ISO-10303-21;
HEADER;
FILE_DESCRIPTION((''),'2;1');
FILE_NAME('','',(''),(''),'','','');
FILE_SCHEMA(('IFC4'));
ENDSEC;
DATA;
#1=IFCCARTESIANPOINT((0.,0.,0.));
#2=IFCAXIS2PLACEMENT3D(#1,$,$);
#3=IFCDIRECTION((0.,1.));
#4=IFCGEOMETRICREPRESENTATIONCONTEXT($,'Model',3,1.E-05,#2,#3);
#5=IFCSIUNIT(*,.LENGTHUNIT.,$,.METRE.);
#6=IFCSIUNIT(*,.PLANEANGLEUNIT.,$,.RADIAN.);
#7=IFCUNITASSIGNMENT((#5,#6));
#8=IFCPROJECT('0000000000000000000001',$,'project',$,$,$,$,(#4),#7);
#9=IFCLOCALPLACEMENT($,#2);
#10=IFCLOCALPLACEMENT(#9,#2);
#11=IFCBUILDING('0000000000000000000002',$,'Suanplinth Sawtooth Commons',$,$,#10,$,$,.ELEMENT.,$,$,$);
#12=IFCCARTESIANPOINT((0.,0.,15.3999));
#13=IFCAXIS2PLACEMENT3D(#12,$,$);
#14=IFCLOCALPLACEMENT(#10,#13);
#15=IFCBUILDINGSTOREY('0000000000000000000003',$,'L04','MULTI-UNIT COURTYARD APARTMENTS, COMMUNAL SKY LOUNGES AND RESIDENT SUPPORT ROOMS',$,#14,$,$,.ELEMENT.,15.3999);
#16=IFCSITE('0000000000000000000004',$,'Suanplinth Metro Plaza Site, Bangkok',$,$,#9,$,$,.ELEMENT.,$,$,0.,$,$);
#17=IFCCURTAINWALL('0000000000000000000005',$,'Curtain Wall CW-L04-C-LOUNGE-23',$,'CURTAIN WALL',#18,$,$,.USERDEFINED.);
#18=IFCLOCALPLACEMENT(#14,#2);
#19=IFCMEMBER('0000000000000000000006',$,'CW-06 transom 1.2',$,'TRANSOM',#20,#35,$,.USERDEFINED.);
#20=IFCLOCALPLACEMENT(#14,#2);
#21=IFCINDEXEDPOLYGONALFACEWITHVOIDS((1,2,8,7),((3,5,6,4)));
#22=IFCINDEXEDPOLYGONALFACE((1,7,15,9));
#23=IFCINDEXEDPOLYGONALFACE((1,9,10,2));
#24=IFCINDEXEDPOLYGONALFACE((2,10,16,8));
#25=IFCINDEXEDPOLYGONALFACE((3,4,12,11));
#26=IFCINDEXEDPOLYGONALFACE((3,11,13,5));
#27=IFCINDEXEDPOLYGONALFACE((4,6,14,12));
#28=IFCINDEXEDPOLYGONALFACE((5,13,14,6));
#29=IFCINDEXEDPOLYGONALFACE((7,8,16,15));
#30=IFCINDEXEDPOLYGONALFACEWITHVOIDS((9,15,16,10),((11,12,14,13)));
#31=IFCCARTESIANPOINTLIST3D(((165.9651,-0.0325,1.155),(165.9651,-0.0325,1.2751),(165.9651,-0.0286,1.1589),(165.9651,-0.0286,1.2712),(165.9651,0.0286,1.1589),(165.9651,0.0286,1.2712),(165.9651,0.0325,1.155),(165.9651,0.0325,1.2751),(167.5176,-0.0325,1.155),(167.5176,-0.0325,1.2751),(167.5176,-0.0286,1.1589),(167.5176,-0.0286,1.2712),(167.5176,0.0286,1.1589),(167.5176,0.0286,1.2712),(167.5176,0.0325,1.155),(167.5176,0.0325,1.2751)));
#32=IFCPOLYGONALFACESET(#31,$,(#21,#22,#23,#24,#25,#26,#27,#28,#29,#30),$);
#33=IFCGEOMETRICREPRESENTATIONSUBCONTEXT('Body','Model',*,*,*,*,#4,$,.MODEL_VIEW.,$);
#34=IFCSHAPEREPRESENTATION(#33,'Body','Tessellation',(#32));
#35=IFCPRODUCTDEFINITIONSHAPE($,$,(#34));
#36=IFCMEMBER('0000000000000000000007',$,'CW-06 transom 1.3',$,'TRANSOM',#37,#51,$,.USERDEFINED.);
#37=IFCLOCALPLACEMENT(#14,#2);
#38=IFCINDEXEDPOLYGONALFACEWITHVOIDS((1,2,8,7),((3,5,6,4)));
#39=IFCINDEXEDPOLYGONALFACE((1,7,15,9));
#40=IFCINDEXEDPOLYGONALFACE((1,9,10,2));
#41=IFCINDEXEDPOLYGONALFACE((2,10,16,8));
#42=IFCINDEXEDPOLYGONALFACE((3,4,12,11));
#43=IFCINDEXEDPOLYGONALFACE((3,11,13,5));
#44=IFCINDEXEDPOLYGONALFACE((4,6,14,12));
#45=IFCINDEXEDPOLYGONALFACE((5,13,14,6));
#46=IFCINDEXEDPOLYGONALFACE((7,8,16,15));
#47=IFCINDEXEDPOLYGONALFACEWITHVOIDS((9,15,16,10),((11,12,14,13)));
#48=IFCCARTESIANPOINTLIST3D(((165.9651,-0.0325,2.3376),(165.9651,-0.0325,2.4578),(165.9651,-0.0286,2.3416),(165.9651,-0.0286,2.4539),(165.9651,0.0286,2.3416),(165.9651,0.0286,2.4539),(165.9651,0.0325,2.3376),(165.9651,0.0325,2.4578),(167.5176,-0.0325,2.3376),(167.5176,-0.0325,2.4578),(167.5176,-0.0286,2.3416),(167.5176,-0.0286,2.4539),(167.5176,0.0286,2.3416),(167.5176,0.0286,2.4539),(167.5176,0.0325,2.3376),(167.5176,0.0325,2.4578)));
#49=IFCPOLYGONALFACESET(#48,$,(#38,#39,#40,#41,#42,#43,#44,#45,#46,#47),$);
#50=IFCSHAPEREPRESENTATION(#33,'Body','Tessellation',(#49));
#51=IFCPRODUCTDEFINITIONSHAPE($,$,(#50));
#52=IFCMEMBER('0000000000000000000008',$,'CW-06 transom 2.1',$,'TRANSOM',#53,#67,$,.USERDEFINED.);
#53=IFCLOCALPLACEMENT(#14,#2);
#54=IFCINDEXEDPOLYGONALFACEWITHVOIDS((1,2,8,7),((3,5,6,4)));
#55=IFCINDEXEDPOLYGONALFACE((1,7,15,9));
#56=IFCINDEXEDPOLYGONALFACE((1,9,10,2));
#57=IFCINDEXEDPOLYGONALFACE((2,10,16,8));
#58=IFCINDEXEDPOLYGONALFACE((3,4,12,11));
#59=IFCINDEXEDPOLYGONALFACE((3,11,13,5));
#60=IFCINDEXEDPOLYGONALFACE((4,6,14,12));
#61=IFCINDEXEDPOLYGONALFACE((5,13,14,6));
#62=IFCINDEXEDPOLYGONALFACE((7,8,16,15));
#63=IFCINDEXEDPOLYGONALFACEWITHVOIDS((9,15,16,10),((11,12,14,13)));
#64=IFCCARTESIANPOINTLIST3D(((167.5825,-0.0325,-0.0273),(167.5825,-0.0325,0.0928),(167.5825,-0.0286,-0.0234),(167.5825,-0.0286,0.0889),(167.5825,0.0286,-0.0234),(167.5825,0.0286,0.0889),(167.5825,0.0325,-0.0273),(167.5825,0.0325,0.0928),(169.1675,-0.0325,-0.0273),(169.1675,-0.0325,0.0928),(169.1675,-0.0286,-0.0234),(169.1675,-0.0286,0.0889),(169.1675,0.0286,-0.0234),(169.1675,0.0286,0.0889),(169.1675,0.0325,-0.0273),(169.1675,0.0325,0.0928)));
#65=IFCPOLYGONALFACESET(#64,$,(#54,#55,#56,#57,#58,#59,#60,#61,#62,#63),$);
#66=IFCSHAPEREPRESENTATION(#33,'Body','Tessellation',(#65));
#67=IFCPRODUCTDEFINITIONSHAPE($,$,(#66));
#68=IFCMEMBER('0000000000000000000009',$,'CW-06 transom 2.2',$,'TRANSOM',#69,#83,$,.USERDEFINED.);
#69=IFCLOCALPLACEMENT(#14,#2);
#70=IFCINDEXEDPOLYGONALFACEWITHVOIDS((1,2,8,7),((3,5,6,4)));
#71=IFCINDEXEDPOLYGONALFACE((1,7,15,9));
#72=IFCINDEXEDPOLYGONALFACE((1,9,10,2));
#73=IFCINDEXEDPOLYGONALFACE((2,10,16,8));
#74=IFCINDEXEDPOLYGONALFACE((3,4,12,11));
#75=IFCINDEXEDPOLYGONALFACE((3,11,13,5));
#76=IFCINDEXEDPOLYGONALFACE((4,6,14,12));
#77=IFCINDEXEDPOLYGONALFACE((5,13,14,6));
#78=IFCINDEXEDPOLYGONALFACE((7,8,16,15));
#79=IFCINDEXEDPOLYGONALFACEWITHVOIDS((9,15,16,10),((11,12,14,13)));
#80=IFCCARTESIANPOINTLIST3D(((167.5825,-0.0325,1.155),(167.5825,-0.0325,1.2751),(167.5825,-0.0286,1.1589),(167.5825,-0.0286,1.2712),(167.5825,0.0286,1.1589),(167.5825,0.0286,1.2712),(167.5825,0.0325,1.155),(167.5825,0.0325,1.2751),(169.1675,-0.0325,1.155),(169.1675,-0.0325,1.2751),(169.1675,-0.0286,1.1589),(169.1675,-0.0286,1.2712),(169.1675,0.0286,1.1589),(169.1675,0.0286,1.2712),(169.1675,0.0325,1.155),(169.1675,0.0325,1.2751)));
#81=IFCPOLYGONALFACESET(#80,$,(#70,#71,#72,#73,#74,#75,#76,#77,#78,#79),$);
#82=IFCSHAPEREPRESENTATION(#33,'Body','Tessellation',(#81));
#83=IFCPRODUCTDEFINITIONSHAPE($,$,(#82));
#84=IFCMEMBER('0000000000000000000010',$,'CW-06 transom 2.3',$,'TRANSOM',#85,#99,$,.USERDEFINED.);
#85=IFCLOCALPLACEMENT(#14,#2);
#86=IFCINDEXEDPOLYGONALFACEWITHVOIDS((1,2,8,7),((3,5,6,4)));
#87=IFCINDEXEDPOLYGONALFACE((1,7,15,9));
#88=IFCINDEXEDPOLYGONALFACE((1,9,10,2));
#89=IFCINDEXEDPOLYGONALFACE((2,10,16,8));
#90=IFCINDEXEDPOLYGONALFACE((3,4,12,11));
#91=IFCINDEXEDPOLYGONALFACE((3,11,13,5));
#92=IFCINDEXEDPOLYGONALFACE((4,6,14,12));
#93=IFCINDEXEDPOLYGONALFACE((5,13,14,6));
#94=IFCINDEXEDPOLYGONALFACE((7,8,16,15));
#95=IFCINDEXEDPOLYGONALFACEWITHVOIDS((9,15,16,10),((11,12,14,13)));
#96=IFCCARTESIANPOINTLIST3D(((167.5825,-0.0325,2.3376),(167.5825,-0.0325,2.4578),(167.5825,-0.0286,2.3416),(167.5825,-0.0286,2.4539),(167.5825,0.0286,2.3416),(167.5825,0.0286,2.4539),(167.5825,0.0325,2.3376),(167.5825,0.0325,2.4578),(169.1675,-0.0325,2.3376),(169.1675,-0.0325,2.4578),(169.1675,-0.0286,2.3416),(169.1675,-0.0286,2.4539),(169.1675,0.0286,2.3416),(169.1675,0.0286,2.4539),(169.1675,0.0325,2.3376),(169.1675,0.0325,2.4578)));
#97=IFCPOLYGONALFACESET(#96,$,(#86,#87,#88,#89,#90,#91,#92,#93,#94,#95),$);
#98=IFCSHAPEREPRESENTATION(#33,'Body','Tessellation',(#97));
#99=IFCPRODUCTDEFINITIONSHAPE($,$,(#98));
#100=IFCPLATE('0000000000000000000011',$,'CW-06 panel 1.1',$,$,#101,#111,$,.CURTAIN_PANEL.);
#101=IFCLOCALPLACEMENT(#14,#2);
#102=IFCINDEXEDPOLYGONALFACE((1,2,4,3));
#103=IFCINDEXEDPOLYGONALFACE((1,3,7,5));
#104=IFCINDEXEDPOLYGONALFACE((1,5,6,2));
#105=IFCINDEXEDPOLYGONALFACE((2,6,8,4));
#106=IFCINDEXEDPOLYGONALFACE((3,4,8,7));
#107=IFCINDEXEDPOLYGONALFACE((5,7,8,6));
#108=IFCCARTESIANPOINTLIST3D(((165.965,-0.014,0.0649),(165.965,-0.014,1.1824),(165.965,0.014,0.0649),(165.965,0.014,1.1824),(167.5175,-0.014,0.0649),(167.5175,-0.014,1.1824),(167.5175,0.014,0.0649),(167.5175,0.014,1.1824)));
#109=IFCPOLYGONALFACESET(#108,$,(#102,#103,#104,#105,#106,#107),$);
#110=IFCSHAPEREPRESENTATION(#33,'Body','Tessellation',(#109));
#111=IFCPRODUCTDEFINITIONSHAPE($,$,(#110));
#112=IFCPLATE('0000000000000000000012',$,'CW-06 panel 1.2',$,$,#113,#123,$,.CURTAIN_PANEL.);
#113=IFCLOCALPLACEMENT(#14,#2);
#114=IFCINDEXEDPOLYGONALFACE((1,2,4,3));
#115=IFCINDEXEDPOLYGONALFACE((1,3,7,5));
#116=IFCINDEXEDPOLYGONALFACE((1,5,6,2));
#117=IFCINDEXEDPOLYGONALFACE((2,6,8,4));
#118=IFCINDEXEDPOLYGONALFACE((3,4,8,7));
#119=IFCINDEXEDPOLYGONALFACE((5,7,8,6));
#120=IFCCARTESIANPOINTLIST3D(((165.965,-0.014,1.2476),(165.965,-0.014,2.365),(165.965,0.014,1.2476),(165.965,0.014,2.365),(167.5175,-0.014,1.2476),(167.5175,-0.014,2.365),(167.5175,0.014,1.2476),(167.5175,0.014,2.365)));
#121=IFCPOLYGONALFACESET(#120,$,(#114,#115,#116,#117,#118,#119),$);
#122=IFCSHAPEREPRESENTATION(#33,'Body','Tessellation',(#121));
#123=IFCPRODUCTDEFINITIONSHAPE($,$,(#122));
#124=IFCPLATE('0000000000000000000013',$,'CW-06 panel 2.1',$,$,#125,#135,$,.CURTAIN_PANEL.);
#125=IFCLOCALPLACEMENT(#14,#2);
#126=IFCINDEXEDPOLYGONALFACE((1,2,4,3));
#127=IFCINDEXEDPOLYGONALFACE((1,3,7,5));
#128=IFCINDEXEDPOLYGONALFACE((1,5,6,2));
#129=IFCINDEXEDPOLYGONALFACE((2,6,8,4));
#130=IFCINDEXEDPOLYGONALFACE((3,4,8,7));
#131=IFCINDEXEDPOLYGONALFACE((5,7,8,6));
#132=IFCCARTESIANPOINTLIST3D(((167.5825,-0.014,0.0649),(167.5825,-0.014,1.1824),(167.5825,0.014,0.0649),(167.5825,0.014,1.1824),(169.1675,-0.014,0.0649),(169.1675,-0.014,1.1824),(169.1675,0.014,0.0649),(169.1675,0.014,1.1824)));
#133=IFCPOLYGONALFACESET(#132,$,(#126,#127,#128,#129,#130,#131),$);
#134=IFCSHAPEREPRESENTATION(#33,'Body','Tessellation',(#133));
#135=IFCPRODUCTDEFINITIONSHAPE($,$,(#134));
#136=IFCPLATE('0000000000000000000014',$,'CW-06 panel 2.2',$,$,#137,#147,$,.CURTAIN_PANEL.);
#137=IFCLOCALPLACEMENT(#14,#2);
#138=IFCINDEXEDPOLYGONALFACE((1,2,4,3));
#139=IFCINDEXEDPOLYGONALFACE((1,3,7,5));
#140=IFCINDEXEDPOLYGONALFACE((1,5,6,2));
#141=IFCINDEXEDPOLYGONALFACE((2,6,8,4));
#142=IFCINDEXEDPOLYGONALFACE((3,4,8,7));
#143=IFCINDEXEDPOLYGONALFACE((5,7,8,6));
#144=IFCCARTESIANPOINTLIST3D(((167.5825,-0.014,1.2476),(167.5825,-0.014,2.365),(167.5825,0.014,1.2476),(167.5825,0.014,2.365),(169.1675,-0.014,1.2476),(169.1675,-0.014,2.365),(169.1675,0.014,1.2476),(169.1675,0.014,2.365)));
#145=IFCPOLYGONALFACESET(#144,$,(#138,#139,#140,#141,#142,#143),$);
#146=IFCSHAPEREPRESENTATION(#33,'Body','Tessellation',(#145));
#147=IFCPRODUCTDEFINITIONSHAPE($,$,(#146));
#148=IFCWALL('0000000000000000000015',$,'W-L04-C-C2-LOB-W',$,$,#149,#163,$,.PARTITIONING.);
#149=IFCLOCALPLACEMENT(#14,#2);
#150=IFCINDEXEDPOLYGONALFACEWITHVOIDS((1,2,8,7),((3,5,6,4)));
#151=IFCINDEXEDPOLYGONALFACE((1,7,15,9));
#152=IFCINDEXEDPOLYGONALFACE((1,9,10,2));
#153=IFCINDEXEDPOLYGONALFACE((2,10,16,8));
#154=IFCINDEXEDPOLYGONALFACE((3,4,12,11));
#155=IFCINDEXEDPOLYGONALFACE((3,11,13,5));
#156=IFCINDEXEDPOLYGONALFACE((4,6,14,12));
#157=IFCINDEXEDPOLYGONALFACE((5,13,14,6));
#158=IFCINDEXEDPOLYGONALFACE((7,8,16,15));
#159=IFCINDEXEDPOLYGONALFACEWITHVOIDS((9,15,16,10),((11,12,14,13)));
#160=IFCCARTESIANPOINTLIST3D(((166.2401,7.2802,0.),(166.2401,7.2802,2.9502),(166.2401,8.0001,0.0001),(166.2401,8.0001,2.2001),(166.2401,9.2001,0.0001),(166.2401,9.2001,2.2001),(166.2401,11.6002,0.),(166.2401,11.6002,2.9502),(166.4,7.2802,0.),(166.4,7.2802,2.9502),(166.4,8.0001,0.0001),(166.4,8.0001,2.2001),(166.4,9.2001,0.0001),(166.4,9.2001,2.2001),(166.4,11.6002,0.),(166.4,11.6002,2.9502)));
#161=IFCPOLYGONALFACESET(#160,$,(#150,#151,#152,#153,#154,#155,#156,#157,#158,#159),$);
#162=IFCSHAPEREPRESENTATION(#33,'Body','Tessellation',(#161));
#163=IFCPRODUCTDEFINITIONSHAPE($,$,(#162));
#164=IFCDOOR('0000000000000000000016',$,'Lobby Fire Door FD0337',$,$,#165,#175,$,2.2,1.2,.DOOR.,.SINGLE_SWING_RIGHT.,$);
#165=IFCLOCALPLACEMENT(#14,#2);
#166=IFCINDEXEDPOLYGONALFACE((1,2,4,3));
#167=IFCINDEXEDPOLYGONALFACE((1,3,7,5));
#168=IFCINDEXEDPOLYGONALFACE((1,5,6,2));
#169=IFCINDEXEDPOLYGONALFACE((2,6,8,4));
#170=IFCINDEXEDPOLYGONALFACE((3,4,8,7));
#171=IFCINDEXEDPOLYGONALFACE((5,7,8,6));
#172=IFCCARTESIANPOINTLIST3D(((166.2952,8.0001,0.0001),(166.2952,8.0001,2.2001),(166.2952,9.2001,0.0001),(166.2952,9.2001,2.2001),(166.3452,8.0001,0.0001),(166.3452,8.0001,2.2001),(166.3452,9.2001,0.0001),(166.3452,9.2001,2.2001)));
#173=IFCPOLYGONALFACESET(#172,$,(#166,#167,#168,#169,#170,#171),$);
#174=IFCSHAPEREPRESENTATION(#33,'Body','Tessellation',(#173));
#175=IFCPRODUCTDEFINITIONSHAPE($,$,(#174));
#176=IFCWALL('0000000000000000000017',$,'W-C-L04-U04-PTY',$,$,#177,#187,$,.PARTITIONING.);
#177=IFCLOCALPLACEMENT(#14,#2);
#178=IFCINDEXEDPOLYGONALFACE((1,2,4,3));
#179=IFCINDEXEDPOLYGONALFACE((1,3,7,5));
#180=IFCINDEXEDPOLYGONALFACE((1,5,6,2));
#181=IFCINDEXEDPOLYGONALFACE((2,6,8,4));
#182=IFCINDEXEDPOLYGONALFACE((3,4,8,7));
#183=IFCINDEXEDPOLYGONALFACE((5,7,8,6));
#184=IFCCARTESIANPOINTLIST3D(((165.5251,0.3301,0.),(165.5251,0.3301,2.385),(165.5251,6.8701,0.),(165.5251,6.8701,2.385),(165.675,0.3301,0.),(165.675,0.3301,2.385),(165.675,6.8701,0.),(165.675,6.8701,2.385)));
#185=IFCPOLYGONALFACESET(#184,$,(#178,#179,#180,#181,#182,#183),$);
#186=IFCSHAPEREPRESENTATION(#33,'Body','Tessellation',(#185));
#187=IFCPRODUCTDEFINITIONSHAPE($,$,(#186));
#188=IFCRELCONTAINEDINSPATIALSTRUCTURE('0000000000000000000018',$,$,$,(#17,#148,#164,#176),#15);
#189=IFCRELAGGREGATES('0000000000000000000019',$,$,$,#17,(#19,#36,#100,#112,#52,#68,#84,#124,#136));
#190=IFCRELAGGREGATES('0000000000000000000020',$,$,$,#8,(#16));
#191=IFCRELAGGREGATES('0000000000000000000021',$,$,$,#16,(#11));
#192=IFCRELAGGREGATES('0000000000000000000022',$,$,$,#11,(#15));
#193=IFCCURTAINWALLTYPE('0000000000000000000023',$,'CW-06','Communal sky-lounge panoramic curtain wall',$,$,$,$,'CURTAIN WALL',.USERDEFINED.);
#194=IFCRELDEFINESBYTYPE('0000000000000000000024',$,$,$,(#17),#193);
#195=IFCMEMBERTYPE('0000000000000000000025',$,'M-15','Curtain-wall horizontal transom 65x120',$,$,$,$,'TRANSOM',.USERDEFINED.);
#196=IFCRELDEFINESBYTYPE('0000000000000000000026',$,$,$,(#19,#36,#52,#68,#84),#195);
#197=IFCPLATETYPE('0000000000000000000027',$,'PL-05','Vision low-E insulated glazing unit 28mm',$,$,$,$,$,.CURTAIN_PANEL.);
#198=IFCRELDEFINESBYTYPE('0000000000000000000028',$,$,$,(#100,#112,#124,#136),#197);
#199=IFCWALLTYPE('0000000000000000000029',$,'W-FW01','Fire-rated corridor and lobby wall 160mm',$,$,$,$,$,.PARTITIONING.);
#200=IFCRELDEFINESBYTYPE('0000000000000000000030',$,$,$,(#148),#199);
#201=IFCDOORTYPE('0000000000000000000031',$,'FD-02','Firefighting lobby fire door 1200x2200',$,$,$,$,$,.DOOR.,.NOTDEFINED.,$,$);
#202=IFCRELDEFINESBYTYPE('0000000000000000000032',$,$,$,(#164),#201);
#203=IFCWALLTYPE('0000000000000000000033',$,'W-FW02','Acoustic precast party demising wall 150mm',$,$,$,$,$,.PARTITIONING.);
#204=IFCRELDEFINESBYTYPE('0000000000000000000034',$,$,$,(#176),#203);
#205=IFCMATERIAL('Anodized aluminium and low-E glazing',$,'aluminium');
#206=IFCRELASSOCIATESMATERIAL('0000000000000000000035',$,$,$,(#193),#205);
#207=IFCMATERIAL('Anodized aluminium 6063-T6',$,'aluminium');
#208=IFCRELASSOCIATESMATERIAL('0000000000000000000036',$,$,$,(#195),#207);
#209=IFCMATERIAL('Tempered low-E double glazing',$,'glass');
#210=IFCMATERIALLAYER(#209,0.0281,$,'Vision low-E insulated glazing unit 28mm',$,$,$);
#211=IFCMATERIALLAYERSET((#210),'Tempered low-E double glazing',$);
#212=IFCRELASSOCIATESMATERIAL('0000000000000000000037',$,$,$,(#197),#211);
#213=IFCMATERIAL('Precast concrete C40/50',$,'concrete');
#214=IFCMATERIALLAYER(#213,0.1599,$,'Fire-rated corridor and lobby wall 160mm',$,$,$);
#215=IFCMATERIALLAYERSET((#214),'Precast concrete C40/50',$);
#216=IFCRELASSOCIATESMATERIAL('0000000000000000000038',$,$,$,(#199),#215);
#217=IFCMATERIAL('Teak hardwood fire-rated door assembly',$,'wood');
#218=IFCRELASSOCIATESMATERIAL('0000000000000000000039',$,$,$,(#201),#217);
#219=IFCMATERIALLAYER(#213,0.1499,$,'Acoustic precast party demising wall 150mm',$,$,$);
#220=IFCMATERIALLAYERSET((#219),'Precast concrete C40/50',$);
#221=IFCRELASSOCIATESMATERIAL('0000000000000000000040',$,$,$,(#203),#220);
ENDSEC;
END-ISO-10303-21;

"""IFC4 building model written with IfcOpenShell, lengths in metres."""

from ifc_helpers import new_model, si_unit, direction, frame, frame_2d, origin, origin_2d, place, context, subcontext, project, spatial, rectangle, hollow_rectangle, extrude, material, layer, layer_set, material_profile, profile_set, type_object, element, fill, aggregate, save


model = new_model("IFC4")

# Units and contexts
model_context = context("Model", 3, precision=1e-05, world=origin(), true_north=direction((0.0, 1.0)))
body_context = subcontext(model_context, "Body", "Model", "MODEL_VIEW")
ifc_project = project(units=[si_unit("LENGTHUNIT", "METRE"), si_unit("PLANEANGLEUNIT", "RADIAN")], contexts=[model_context])

# Site, building, storey
site_placement = place(None, origin())
site = spatial("IfcSite", under=ifc_project, at=site_placement, Name="Suanplinth Metro Plaza Site, Bangkok", CompositionType="ELEMENT", RefElevation=0.0)
building_placement = place(site_placement, origin())
building = spatial("IfcBuilding", under=site, at=building_placement, Name="Suanplinth Sawtooth Commons", CompositionType="ELEMENT")
storey_placement = place(building_placement, frame((0.0, 0.0, 15.3999)))
storey = spatial("IfcBuildingStorey", under=building, at=storey_placement, Name="L04", Description="MULTI-UNIT COURTYARD APARTMENTS, COMMUNAL SKY LOUNGES AND RESIDENT SUPPORT ROOMS", CompositionType="ELEMENT", Elevation=15.3999)

# Shared definitions
ifc_material_1 = material(Name="Precast concrete C40/50", Category="concrete")

# Curtain wall, members, plates
ifc_material_2 = material(Name="Anodized aluminium and low-E glazing", Category="aluminium")
curtain_wall_type = type_object("IfcCurtainWallType", Name="CW-06", Description="Communal sky-lounge panoramic curtain wall", ElementType="CURTAIN WALL", PredefinedType="USERDEFINED", material=ifc_material_2)
curtain_wall_placement = place(storey_placement, origin())
curtain_wall = element("IfcCurtainWall", 1, at=curtain_wall_placement, inside=storey, type_object=curtain_wall_type, Name="Curtain Wall CW-L04-C-LOUNGE-23", ObjectType="CURTAIN WALL", PredefinedType="USERDEFINED")
ifc_material_3 = material(Name="Anodized aluminium 6063-T6", Category="aluminium")
ifc_material_profile_1 = material_profile(ifc_material_3, hollow_rectangle(XDim=0.0649, YDim=0.1201, WallThickness=0.0039, at=origin_2d()), Name="ALU-TRN 65x120")
ifc_profile_set_1 = profile_set([ifc_material_profile_1], Name="Anodized aluminium 6063-T6")
member_type_1 = type_object("IfcMemberType", Name="M-15", Description="Curtain-wall horizontal transom 65x120", ElementType="TRANSOM", PredefinedType="USERDEFINED", material=ifc_profile_set_1)
member_1_placement = place(storey_placement, frame((165.9651, 0.0, 1.2151), z_axis=(1.0, 0.0, 0.0), x_axis=(0.0, 1.0, 0.0)))
member_1 = element("IfcMember", 2, at=member_1_placement, type_object=member_type_1, Name="CW-06 transom 1.2", ObjectType="TRANSOM", PredefinedType="USERDEFINED", context=body_context, shape_type="SweptSolid", body=[
    extrude(hollow_rectangle(XDim=0.0649, YDim=0.1201, WallThickness=0.0039, at=origin_2d()), origin(), (0.0, 0.0, 1.0), 1.5525),
])
member_2_placement = place(storey_placement, frame((165.9651, 0.0, 2.3977), z_axis=(1.0, 0.0, 0.0), x_axis=(0.0, 1.0, 0.0)))
member_2 = element("IfcMember", 3, at=member_2_placement, type_object=member_type_1, Name="CW-06 transom 1.3", ObjectType="TRANSOM", PredefinedType="USERDEFINED", context=body_context, shape_type="SweptSolid", body=[
    extrude(hollow_rectangle(XDim=0.0649, YDim=0.1201, WallThickness=0.0039, at=origin_2d()), origin(), (0.0, 0.0, 1.0), 1.5525),
])
member_3_placement = place(storey_placement, frame((167.5825, 0.0, 0.0327), z_axis=(1.0, 0.0, 0.0), x_axis=(0.0, 1.0, 0.0)))
member_3 = element("IfcMember", 4, at=member_3_placement, type_object=member_type_1, Name="CW-06 transom 2.1", ObjectType="TRANSOM", PredefinedType="USERDEFINED", context=body_context, shape_type="SweptSolid", body=[
    extrude(hollow_rectangle(XDim=0.0649, YDim=0.1201, WallThickness=0.0039, at=origin_2d()), origin(), (0.0, 0.0, 1.0), 1.585),
])
member_4_placement = place(storey_placement, frame((167.5825, 0.0, 1.2151), z_axis=(1.0, 0.0, 0.0), x_axis=(0.0, 1.0, 0.0)))
member_4 = element("IfcMember", 5, at=member_4_placement, type_object=member_type_1, Name="CW-06 transom 2.2", ObjectType="TRANSOM", PredefinedType="USERDEFINED", context=body_context, shape_type="SweptSolid", body=[
    extrude(hollow_rectangle(XDim=0.0649, YDim=0.1201, WallThickness=0.0039, at=origin_2d()), origin(), (0.0, 0.0, 1.0), 1.585),
])
member_5_placement = place(storey_placement, frame((167.5825, 0.0, 2.3977), z_axis=(1.0, 0.0, 0.0), x_axis=(0.0, 1.0, 0.0)))
member_5 = element("IfcMember", 6, at=member_5_placement, type_object=member_type_1, Name="CW-06 transom 2.3", ObjectType="TRANSOM", PredefinedType="USERDEFINED", context=body_context, shape_type="SweptSolid", body=[
    extrude(hollow_rectangle(XDim=0.0649, YDim=0.1201, WallThickness=0.0039, at=origin_2d()), origin(), (0.0, 0.0, 1.0), 1.585),
])
ifc_material_4 = material(Name="Tempered low-E double glazing", Category="glass")
ifc_layer_1 = layer(ifc_material_4, 0.0281, Name="Vision low-E insulated glazing unit 28mm")
ifc_layer_set_1 = layer_set([ifc_layer_1], Name="Tempered low-E double glazing")
plate_type = type_object("IfcPlateType", Name="PL-05", Description="Vision low-E insulated glazing unit 28mm", PredefinedType="CURTAIN_PANEL", material=ifc_layer_set_1)
plate_1_placement = place(storey_placement, frame((166.7412, 0.0, 0.0649), z_axis=(0.0, 0.0, 1.0), x_axis=(1.0, 0.0, 0.0)))
plate_1 = element("IfcPlate", 7, at=plate_1_placement, type_object=plate_type, Name="CW-06 panel 1.1", PredefinedType="CURTAIN_PANEL", context=body_context, shape_type="SweptSolid", body=[
    extrude(rectangle(XDim=1.5525, YDim=0.0281, at=origin_2d()), origin(), (0.0, 0.0, 1.0), 1.1174),
])
plate_2_placement = place(storey_placement, frame((166.7412, 0.0, 1.2476), z_axis=(0.0, 0.0, 1.0), x_axis=(1.0, 0.0, 0.0)))
plate_2 = element("IfcPlate", 8, at=plate_2_placement, type_object=plate_type, Name="CW-06 panel 1.2", PredefinedType="CURTAIN_PANEL", context=body_context, shape_type="SweptSolid", body=[
    extrude(rectangle(XDim=1.5525, YDim=0.0281, at=origin_2d()), origin(), (0.0, 0.0, 1.0), 1.1174),
])
plate_3_placement = place(storey_placement, frame((168.375, 0.0, 0.0649), z_axis=(0.0, 0.0, 1.0), x_axis=(1.0, 0.0, 0.0)))
plate_3 = element("IfcPlate", 9, at=plate_3_placement, type_object=plate_type, Name="CW-06 panel 2.1", PredefinedType="CURTAIN_PANEL", context=body_context, shape_type="SweptSolid", body=[
    extrude(rectangle(XDim=1.585, YDim=0.0281, at=origin_2d()), origin(), (0.0, 0.0, 1.0), 1.1174),
])
plate_4_placement = place(storey_placement, frame((168.375, 0.0, 1.2476), z_axis=(0.0, 0.0, 1.0), x_axis=(1.0, 0.0, 0.0)))
plate_4 = element("IfcPlate", 10, at=plate_4_placement, type_object=plate_type, Name="CW-06 panel 2.2", PredefinedType="CURTAIN_PANEL", context=body_context, shape_type="SweptSolid", body=[
    extrude(rectangle(XDim=1.585, YDim=0.0281, at=origin_2d()), origin(), (0.0, 0.0, 1.0), 1.1174),
])
aggregate(curtain_wall, [member_1, member_2, plate_1, plate_2, member_3, member_4, member_5, plate_3, plate_4])

# Wall, opening, door
ifc_layer_2 = layer(ifc_material_1, 0.1599, Name="Fire-rated corridor and lobby wall 160mm")
ifc_layer_set_2 = layer_set([ifc_layer_2], Name="Precast concrete C40/50")
wall_type_1 = type_object("IfcWallType", Name="W-FW01", Description="Fire-rated corridor and lobby wall 160mm", PredefinedType="PARTITIONING", material=ifc_layer_set_2)
wall_1_placement = place(storey_placement, frame((166.3201, 7.28, 0.0), z_axis=(0.0, 0.0, 1.0), x_axis=(0.0, 1.0, 0.0)))
wall_1 = element("IfcWall", 11, at=wall_1_placement, inside=storey, type_object=wall_type_1, Name="W-L04-C-C2-LOB-W", PredefinedType="PARTITIONING", context=body_context, shape_type="SweptSolid", body=[
    extrude(rectangle(XDim=4.3201, YDim=0.1599, at=frame_2d((2.1602, 0.0))), origin(), (0.0, 0.0, 1.0), 2.9502),
])
opening_1_placement = place(wall_1_placement, frame((0.72, 0.0, 0.0)))
opening_1 = element("IfcOpeningElement", 12, at=opening_1_placement, cuts=wall_1, PredefinedType="OPENING", context=body_context, shape_type="SweptSolid", body=[
    extrude(rectangle(XDim=1.2, YDim=2.2, at=frame_2d((0.6001, 1.1001))), frame((0.0, 0.0947, 0.0), z_axis=(0.0, -1.0, 0.0), x_axis=(1.0, 0.0, 0.0)), (0.0, 0.0, 1.0), 0.1897),
])
ifc_material_5 = material(Name="Teak hardwood fire-rated door assembly", Category="wood")
door_type_1 = type_object("IfcDoorType", Name="FD-02", Description="Firefighting lobby fire door 1200x2200", OperationType="NOTDEFINED", PredefinedType="DOOR", material=ifc_material_5)
door_1_placement = place(opening_1_placement, origin())
door_1 = element("IfcDoor", 13, at=door_1_placement, inside=storey, type_object=door_type_1, Name="Lobby Fire Door FD0337", OperationType="SINGLE_SWING_RIGHT", OverallHeight=2.2, OverallWidth=1.2, PredefinedType="DOOR", context=body_context, shape_type="SweptSolid", body=[
    extrude(rectangle(XDim=1.2, YDim=2.2, at=frame_2d((0.6001, 1.1001))), frame((0.0, 0.0249, 0.0), z_axis=(0.0, -1.0, 0.0), x_axis=(1.0, 0.0, 0.0)), (0.0, 0.0, 1.0), 0.05),
])
fill(opening_1, door_1)

# Wall
ifc_layer_3 = layer(ifc_material_1, 0.1499, Name="Acoustic precast party demising wall 150mm")
ifc_layer_set_3 = layer_set([ifc_layer_3], Name="Precast concrete C40/50")
wall_type_2 = type_object("IfcWallType", Name="W-FW02", Description="Acoustic precast party demising wall 150mm", PredefinedType="PARTITIONING", material=ifc_layer_set_3)
wall_2_placement = place(storey_placement, frame((165.6001, 0.3301, 0.0), z_axis=(0.0, 0.0, 1.0), x_axis=(0.0, 1.0, 0.0)))
element("IfcWall", 14, at=wall_2_placement, inside=storey, type_object=wall_type_2, Name="W-C-L04-U04-PTY", PredefinedType="PARTITIONING", context=body_context, shape_type="SweptSolid", body=[
    extrude(rectangle(XDim=6.54, YDim=0.1499, at=frame_2d((3.27, 0.0))), origin(), (0.0, 0.0, 1.0), 2.385),
])

save(model, "model.ifc")
